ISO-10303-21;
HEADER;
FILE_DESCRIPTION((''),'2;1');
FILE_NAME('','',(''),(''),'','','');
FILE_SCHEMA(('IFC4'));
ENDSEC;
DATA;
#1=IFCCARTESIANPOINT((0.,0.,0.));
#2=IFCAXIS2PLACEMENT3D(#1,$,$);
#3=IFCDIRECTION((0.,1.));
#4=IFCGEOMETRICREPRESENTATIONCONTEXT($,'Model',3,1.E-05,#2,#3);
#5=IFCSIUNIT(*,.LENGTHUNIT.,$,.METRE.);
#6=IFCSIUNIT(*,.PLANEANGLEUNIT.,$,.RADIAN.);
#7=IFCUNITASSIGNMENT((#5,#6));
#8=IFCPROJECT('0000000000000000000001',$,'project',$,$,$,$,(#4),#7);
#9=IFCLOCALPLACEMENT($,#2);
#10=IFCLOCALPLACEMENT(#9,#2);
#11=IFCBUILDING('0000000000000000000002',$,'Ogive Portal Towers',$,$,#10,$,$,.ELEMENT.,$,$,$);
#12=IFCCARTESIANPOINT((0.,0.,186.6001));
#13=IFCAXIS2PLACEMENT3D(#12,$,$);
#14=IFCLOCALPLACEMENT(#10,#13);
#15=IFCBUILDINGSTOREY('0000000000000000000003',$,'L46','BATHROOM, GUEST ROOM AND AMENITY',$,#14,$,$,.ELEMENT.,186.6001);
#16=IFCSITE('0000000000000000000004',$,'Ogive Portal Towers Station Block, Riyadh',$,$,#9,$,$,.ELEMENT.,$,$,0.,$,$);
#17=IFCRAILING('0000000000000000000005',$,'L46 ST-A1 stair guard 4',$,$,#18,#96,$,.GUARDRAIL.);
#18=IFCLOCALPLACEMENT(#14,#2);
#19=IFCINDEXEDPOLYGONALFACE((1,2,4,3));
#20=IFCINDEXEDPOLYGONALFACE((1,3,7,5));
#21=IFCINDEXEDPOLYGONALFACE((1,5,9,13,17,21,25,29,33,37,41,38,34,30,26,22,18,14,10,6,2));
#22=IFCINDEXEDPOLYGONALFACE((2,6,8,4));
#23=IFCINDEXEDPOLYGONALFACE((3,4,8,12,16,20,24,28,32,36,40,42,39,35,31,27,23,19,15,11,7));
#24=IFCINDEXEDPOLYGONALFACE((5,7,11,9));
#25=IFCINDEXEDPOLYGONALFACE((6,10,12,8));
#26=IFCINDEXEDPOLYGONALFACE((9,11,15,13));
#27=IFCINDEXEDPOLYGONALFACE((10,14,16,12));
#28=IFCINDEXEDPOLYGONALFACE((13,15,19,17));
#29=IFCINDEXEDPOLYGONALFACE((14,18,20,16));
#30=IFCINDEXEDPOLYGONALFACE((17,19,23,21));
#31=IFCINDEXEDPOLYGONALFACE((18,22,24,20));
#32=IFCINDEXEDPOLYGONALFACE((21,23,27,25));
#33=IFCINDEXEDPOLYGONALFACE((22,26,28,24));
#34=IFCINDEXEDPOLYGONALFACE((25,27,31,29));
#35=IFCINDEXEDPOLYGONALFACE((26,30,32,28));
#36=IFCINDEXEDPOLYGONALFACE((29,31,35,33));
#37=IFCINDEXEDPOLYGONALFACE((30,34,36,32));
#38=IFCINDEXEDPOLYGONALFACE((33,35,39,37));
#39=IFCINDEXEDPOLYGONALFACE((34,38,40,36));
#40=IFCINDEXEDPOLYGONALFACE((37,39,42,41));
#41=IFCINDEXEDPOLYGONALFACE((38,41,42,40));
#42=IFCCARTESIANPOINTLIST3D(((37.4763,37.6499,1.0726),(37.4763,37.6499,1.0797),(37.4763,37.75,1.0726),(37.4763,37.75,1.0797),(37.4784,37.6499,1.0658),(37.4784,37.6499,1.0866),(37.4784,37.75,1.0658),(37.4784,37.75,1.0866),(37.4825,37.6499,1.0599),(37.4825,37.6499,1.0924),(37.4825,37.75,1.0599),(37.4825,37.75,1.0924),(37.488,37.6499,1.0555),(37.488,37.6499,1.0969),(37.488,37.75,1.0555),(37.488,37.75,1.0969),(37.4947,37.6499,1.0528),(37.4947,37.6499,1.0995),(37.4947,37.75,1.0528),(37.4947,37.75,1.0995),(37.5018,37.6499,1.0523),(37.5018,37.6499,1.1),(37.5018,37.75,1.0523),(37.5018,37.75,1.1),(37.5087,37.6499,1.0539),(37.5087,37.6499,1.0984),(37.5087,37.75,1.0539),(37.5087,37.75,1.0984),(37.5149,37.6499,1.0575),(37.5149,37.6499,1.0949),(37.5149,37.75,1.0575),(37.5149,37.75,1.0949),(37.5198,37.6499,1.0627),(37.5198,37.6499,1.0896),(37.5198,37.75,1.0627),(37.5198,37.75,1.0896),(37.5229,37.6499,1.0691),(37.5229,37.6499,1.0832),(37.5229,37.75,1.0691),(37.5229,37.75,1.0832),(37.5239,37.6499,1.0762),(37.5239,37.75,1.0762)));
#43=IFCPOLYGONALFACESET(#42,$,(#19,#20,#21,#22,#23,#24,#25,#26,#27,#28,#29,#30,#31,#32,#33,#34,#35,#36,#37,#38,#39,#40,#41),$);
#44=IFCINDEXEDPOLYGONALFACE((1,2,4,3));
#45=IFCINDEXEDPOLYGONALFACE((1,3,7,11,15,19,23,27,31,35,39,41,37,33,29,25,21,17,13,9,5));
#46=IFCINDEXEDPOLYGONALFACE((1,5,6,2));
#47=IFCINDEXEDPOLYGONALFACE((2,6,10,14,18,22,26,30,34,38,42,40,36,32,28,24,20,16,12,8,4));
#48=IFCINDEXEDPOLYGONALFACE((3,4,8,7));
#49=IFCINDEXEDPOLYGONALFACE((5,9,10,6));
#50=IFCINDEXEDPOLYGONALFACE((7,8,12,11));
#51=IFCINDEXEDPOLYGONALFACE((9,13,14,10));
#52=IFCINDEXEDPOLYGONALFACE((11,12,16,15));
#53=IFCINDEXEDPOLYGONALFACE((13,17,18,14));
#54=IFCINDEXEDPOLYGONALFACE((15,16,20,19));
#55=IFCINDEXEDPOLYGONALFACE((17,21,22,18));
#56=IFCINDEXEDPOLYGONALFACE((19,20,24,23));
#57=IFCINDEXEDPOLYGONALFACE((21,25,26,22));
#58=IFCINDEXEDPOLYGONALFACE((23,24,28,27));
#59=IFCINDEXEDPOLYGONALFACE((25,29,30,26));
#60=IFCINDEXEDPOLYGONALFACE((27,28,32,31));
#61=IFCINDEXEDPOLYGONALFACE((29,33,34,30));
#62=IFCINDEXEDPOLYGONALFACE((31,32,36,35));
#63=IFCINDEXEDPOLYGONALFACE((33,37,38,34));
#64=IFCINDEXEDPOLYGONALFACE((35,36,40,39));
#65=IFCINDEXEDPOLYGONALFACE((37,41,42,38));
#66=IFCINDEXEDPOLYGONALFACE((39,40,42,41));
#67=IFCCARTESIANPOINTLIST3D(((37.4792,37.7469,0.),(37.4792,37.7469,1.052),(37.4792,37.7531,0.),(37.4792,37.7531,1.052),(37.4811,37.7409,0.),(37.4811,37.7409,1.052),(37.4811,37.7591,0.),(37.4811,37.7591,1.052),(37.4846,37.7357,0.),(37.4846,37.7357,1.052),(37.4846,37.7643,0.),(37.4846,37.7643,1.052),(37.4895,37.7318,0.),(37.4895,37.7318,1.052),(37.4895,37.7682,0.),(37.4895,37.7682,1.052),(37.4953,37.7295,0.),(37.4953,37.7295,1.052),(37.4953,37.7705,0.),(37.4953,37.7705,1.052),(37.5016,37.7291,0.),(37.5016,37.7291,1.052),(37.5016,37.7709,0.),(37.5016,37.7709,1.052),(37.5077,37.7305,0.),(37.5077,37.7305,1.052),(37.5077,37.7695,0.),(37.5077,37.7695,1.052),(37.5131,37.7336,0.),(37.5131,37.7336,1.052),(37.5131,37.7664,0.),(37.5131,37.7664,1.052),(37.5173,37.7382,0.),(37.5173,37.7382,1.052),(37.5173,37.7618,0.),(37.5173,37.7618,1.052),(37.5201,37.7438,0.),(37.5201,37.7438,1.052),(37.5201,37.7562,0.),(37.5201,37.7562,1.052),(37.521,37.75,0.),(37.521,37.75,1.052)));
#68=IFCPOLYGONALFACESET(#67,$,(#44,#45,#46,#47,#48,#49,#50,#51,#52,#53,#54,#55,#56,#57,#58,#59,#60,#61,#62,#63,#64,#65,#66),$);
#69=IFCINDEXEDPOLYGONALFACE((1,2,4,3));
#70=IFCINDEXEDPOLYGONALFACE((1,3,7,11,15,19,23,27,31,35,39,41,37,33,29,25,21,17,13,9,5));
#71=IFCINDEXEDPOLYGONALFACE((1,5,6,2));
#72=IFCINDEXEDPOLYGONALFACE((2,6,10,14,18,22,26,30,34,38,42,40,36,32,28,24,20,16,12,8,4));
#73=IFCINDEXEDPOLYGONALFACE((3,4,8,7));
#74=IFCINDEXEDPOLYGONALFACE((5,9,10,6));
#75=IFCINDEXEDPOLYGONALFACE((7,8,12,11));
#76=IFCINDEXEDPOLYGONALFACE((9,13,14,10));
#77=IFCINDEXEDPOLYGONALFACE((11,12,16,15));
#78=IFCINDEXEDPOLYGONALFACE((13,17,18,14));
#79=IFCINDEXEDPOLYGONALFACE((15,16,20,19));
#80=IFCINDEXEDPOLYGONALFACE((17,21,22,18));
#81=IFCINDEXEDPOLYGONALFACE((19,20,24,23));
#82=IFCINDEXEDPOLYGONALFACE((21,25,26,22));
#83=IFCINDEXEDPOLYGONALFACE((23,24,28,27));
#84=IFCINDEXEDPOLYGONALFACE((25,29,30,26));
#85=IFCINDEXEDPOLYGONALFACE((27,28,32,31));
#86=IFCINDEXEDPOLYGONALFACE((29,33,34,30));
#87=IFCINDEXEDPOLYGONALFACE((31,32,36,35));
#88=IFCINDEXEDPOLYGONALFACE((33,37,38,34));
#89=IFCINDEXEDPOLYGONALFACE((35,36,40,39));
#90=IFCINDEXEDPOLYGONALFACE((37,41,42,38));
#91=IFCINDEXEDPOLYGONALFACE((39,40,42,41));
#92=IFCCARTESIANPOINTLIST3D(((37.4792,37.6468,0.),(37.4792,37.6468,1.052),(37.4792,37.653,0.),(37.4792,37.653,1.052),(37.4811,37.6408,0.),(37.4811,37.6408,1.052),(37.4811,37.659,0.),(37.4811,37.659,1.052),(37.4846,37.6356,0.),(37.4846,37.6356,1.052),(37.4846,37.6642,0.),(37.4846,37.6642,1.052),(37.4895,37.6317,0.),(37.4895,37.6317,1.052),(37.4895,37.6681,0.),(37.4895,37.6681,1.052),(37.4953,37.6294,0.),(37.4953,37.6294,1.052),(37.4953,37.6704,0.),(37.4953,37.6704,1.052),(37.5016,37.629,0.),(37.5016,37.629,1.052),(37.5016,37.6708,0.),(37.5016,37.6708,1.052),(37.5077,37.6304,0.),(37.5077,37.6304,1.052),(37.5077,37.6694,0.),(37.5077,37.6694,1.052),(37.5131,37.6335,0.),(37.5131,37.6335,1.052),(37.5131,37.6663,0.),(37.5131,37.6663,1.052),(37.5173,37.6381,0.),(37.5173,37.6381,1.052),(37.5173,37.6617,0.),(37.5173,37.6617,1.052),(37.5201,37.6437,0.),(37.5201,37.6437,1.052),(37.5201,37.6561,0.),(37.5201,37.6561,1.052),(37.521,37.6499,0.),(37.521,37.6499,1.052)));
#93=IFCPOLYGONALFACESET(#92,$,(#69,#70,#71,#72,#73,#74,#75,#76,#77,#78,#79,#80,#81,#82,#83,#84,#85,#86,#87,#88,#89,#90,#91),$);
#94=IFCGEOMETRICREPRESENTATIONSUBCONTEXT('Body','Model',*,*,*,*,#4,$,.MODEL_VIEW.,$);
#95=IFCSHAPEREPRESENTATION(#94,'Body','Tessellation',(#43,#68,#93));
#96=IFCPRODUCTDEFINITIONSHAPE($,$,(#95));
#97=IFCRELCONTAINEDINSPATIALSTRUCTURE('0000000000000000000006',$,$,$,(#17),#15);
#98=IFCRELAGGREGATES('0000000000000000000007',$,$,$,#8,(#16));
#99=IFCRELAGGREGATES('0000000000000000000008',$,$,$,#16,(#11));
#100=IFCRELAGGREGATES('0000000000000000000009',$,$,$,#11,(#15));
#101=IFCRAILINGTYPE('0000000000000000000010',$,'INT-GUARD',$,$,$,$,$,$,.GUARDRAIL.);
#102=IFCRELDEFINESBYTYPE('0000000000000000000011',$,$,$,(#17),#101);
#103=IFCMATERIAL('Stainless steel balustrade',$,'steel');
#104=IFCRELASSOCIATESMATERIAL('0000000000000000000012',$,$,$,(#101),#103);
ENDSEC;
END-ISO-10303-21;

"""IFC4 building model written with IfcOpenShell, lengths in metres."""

from ifc_helpers import new_model, si_unit, direction, frame, origin, origin_2d, place, context, subcontext, project, spatial, circle, extrude, material, type_object, element, save


model = new_model("IFC4")

# Units and contexts
model_context = context("Model", 3, precision=1e-05, world=origin(), true_north=direction((0.0, 1.0)))
body_context = subcontext(model_context, "Body", "Model", "MODEL_VIEW")
ifc_project = project(units=[si_unit("LENGTHUNIT", "METRE"), si_unit("PLANEANGLEUNIT", "RADIAN")], contexts=[model_context])

# Site, building, storey
site_placement = place(None, origin())
site = spatial("IfcSite", under=ifc_project, at=site_placement, Name="Ogive Portal Towers Station Block, Riyadh", CompositionType="ELEMENT", RefElevation=0.0)
building_placement = place(site_placement, origin())
building = spatial("IfcBuilding", under=site, at=building_placement, Name="Ogive Portal Towers", CompositionType="ELEMENT")
storey_placement = place(building_placement, frame((0.0, 0.0, 186.6001)))
storey = spatial("IfcBuildingStorey", under=building, at=storey_placement, Name="L46", Description="BATHROOM, GUEST ROOM AND AMENITY", CompositionType="ELEMENT", Elevation=186.6001)

# Railing
ifc_material_1 = material(Name="Stainless steel balustrade", Category="steel")
railing_type_1 = type_object("IfcRailingType", Name="INT-GUARD", PredefinedType="GUARDRAIL", material=ifc_material_1)
railing_1_placement = place(storey_placement, frame((37.5, 37.75, 0.0)))
element("IfcRailing", 1, at=railing_1_placement, inside=storey, type_object=railing_type_1, Name="L46 ST-A1 stair guard 4", PredefinedType="GUARDRAIL", context=body_context, shape_type="SweptSolid", body=[
    extrude(circle(Radius=0.0239, at=origin_2d()), frame((0.0, 0.0, 1.0762), z_axis=(0.0, -1.0, 0.0), x_axis=(1.0, 0.0, 0.0)), (0.0, 0.0, 1.0), 0.1001),
    extrude(circle(Radius=0.021, at=origin_2d()), origin(), (0.0, 0.0, 1.0), 1.052),
    extrude(circle(Radius=0.021, at=origin_2d()), frame((0.0, -0.1001, 0.0)), (0.0, 0.0, 1.0), 1.052),
])

save(model, "model.ifc")
